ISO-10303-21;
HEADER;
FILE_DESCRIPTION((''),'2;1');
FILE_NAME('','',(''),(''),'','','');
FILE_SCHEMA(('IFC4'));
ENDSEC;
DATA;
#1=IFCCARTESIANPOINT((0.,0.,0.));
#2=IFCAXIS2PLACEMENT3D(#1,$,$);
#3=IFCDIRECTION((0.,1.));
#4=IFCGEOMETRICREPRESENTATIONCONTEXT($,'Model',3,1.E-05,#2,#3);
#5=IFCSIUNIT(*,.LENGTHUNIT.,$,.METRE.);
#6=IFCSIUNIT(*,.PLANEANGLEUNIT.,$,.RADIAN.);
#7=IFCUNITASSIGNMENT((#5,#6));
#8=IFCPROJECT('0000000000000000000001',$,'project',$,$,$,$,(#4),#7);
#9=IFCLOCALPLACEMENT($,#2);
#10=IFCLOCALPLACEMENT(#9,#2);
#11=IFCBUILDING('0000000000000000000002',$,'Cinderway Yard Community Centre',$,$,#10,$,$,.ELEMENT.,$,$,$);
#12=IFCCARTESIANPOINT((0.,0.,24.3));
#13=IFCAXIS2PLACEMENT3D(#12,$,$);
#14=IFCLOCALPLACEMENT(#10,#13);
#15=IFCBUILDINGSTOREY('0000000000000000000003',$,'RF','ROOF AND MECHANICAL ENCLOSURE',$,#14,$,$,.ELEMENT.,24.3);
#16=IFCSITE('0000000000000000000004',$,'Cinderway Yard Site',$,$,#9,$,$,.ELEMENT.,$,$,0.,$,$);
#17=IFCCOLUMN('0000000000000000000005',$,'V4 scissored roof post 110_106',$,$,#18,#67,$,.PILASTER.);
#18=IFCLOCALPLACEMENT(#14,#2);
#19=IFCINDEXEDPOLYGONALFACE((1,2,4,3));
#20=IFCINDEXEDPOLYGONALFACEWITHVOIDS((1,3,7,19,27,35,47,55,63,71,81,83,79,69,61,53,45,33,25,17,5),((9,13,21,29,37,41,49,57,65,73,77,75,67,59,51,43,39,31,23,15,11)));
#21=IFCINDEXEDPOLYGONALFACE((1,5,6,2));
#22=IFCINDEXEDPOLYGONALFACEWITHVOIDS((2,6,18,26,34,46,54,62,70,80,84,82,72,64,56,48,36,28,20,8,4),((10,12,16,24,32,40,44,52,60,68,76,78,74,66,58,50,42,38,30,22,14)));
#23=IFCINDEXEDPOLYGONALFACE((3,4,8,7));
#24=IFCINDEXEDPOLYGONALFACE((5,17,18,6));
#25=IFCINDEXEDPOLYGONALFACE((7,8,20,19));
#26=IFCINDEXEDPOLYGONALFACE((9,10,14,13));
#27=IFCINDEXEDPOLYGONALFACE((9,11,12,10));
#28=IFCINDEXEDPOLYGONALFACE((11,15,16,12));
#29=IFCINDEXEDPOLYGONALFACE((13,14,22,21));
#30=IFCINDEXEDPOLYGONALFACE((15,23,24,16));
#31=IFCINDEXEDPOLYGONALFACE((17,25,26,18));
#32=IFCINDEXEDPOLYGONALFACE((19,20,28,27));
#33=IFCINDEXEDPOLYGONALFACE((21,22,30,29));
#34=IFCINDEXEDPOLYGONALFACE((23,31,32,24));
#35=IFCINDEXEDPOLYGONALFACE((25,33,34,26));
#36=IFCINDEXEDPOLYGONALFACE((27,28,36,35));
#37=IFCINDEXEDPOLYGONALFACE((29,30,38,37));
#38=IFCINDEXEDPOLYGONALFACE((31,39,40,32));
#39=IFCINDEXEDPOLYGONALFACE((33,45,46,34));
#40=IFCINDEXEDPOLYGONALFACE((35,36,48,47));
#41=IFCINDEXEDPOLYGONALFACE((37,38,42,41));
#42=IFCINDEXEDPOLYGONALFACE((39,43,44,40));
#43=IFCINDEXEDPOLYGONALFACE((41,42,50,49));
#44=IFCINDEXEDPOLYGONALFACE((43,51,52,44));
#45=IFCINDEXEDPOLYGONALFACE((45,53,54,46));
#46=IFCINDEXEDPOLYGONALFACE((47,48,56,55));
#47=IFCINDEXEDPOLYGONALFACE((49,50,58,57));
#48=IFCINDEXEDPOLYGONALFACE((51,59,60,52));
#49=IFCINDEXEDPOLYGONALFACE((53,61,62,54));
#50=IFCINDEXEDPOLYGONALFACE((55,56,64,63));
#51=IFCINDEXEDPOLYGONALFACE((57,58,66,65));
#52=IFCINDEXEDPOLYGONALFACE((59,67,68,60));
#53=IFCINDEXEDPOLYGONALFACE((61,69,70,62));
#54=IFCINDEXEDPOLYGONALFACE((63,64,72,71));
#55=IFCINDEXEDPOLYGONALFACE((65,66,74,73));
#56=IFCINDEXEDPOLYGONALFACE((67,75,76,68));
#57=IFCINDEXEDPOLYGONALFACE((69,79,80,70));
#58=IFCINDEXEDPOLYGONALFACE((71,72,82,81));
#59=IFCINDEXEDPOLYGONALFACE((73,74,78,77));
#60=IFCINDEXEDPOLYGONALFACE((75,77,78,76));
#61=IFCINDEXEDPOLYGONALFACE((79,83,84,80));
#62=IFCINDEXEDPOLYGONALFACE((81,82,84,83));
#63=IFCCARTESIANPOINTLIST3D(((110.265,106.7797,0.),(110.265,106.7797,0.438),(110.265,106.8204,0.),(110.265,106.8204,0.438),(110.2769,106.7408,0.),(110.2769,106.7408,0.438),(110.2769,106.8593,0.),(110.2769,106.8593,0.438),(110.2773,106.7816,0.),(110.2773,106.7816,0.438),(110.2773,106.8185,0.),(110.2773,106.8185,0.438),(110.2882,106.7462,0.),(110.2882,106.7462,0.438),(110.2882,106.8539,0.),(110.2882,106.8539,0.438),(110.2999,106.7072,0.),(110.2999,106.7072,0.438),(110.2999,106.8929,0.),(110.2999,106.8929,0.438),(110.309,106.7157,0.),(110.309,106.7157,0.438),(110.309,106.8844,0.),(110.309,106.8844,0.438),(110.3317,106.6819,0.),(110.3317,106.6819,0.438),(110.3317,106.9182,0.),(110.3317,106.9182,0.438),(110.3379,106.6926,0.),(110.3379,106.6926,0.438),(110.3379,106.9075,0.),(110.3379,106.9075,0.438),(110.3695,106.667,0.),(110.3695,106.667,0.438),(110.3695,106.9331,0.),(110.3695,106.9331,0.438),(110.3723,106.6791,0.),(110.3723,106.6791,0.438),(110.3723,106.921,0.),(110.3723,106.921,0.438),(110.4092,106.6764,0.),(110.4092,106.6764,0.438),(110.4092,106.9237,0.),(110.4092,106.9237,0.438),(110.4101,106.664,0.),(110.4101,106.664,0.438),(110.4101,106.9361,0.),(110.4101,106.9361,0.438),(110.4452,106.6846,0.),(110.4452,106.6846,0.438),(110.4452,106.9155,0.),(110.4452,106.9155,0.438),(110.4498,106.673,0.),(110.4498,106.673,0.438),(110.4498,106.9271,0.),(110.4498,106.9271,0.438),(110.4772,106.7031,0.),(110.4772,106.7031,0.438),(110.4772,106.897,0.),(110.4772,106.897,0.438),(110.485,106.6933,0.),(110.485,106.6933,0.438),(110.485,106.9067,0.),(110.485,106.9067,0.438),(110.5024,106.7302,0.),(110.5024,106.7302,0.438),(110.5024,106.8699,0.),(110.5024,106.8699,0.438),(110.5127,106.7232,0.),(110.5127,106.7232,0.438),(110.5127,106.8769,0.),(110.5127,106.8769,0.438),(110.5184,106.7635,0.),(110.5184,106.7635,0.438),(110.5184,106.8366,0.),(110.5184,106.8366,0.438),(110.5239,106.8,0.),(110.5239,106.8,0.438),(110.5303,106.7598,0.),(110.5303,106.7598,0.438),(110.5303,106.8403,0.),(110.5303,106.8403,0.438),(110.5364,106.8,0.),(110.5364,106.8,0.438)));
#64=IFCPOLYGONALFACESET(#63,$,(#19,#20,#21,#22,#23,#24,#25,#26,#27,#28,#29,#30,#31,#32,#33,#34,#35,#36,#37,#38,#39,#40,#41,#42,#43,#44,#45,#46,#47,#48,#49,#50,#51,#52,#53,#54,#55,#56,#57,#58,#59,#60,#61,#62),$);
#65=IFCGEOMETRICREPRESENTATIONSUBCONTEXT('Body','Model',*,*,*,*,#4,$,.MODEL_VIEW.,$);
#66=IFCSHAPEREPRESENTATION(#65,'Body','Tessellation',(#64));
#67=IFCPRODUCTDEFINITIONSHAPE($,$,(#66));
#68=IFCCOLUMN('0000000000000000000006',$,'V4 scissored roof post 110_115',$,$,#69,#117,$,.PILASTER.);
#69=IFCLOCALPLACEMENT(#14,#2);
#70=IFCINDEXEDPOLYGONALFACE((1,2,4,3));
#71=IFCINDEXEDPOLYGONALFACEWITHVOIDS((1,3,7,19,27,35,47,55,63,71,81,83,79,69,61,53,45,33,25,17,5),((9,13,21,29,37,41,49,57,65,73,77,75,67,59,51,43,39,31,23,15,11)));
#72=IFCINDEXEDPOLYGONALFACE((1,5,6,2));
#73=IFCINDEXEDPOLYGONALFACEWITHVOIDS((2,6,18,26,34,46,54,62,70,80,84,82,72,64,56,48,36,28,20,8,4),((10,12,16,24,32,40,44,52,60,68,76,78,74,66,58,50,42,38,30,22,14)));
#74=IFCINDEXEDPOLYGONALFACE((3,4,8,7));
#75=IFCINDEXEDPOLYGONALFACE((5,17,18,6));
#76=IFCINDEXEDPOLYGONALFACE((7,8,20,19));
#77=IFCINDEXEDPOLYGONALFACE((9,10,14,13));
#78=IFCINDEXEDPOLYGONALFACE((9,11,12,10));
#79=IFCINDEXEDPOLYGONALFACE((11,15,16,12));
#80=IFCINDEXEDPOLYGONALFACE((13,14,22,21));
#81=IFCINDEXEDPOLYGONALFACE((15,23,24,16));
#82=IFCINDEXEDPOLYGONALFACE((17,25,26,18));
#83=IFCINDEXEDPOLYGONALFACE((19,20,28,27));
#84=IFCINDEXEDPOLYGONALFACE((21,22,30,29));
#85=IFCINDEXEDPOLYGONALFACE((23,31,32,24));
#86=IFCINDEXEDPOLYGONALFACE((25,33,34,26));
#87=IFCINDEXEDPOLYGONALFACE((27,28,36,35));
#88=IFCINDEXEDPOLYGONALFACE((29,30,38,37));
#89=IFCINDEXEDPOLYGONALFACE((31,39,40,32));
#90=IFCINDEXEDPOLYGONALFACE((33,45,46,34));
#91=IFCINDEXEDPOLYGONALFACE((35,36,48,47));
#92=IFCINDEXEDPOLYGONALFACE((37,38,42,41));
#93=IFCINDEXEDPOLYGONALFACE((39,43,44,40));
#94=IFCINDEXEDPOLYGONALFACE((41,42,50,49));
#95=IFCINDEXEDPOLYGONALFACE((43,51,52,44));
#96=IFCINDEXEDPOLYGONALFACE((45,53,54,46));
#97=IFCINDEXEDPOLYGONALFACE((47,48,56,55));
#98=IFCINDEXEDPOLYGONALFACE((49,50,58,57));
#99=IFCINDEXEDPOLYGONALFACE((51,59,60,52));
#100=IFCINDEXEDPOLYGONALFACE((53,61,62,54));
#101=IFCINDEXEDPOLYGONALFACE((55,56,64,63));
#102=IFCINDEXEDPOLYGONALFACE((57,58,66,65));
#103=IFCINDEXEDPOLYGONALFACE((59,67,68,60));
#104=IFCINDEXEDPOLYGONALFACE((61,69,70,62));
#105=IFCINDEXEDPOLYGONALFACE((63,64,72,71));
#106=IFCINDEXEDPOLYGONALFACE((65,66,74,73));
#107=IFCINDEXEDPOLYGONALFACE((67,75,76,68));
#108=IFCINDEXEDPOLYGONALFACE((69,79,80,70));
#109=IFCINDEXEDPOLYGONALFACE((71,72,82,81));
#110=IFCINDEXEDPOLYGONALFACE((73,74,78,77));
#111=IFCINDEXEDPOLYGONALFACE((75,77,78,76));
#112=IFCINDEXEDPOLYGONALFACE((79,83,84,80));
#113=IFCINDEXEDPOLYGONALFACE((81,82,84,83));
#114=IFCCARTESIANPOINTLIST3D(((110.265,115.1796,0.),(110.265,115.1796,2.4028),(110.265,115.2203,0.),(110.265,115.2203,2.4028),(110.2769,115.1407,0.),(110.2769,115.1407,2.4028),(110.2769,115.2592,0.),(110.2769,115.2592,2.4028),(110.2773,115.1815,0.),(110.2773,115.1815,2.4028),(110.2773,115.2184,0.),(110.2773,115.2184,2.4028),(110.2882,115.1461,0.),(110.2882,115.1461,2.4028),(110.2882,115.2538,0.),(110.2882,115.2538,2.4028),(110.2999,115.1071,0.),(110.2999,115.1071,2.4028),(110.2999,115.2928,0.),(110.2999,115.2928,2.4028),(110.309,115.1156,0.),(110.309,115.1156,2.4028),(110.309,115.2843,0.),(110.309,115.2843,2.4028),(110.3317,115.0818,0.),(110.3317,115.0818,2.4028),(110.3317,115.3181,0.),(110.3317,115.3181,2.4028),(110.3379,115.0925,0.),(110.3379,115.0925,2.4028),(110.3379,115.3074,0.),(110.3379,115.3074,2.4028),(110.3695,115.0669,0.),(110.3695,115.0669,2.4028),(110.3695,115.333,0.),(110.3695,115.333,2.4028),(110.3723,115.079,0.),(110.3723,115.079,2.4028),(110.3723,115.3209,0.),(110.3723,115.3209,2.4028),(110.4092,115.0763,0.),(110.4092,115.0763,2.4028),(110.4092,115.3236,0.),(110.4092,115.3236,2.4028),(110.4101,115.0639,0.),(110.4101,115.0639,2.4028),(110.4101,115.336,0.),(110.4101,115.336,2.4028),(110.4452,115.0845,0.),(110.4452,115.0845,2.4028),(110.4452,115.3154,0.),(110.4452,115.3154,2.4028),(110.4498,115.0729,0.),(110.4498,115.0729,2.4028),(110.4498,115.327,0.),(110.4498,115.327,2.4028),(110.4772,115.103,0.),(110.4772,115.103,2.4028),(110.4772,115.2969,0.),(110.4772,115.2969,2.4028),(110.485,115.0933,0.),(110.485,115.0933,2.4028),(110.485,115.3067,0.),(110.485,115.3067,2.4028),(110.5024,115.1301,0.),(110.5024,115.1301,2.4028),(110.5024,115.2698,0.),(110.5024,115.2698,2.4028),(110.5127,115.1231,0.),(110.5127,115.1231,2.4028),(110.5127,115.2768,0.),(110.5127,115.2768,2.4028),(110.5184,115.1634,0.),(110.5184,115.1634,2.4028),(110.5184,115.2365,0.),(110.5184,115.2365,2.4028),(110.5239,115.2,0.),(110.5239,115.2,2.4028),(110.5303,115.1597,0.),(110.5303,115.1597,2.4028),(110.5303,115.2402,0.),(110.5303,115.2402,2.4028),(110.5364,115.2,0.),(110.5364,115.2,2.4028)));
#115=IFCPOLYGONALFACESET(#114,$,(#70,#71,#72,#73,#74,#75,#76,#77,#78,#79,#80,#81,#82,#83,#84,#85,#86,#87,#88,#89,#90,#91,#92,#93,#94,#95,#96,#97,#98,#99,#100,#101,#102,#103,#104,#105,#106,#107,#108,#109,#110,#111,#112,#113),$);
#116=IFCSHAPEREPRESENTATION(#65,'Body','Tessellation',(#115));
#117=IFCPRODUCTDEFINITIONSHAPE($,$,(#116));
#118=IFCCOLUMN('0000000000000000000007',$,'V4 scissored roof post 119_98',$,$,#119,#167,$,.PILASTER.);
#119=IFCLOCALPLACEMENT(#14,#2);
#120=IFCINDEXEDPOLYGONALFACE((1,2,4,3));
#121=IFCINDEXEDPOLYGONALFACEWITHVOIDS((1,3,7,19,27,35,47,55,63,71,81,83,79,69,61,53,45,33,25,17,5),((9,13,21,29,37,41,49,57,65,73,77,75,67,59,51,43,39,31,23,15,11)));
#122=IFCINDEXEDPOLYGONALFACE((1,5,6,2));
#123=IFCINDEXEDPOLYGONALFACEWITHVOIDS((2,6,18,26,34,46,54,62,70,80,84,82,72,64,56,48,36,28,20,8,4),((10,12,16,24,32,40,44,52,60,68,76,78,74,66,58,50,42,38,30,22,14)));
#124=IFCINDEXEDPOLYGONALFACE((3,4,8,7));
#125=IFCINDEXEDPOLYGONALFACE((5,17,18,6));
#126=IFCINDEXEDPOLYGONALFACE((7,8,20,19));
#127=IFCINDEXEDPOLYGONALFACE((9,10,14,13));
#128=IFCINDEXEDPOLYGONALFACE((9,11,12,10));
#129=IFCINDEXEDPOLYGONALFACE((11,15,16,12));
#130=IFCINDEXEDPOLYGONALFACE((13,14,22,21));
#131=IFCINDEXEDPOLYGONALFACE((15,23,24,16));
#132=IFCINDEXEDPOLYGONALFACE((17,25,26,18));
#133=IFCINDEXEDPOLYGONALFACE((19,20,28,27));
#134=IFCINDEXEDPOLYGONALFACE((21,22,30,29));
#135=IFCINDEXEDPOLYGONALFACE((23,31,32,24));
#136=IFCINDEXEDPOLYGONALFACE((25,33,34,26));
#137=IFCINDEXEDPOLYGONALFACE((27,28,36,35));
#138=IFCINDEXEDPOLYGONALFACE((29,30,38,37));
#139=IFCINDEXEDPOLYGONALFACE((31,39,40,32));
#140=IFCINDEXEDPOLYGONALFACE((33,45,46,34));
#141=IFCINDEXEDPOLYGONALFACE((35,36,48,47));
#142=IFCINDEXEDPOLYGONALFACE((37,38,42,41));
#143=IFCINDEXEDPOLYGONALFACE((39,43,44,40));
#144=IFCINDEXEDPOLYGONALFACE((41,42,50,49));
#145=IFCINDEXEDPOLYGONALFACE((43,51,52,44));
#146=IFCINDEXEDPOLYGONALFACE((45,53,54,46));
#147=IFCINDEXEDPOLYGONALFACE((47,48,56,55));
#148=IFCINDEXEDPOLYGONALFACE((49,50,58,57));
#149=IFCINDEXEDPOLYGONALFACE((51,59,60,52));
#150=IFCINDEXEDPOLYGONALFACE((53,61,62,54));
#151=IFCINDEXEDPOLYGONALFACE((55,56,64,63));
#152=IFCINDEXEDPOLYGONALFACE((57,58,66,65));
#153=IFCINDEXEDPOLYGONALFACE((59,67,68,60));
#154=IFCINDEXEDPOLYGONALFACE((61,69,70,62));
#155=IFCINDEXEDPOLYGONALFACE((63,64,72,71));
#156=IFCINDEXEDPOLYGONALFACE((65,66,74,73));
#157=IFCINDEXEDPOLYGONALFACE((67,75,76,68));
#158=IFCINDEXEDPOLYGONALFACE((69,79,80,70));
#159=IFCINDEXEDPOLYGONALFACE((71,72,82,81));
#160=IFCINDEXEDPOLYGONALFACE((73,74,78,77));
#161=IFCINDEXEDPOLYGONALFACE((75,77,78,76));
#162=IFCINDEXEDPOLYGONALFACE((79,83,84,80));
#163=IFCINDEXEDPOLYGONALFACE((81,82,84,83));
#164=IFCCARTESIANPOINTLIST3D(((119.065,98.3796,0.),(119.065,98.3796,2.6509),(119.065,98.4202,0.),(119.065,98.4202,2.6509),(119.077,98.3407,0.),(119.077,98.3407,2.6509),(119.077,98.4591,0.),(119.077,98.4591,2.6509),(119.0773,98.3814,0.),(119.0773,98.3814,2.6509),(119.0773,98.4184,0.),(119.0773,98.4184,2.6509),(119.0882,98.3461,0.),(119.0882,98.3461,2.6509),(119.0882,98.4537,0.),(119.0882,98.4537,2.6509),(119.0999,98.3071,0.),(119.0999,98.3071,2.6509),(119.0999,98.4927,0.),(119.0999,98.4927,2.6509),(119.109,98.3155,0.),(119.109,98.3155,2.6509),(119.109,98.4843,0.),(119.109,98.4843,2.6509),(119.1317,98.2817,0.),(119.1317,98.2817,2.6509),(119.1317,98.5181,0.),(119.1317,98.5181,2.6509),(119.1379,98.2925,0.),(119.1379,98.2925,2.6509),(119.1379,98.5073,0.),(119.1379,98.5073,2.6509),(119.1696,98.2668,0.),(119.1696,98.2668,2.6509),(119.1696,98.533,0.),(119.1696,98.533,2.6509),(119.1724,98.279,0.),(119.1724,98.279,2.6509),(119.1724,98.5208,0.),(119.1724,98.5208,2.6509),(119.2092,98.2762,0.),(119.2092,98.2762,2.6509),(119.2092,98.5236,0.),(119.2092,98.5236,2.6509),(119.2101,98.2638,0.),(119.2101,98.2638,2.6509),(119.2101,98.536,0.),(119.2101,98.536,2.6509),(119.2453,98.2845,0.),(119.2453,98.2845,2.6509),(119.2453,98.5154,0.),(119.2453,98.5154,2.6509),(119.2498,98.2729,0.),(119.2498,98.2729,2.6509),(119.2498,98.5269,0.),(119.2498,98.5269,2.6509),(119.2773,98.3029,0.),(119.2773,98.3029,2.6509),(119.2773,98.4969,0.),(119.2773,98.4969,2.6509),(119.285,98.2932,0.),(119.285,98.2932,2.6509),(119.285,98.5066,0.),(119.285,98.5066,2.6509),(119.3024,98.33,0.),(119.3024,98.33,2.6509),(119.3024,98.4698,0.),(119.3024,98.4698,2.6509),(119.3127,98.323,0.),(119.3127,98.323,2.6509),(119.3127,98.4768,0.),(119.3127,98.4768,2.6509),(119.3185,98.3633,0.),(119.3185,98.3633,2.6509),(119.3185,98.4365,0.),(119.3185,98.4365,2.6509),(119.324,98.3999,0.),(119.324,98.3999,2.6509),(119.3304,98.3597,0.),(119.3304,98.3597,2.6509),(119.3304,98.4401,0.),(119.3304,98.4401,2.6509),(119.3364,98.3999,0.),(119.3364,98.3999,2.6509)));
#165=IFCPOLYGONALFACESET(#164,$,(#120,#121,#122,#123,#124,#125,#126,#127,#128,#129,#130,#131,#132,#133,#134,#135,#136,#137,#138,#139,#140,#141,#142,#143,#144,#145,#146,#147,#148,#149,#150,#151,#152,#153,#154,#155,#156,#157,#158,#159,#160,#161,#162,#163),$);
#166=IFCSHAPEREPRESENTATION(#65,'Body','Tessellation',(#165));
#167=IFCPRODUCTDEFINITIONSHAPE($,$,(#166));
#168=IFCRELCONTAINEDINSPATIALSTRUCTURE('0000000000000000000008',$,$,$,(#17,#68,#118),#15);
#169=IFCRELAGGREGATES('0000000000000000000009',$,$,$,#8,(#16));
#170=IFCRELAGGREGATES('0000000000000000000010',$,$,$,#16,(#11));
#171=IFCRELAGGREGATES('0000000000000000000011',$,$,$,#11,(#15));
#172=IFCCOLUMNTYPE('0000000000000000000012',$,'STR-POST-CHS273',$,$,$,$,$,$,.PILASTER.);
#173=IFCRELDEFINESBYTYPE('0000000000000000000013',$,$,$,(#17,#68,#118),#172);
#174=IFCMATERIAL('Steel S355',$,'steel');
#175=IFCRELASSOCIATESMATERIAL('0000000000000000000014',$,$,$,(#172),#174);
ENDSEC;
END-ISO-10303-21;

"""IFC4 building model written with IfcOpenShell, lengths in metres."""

from ifc_helpers import new_model, si_unit, direction, frame, origin, origin_2d, place, context, subcontext, project, spatial, hollow_circle, extrude, material, material_profile, profile_set, type_object, element, save


model = new_model("IFC4")

# Units and contexts
model_context = context("Model", 3, precision=1e-05, world=origin(), true_north=direction((0.0, 1.0)))
body_context = subcontext(model_context, "Body", "Model", "MODEL_VIEW")
ifc_project = project(units=[si_unit("LENGTHUNIT", "METRE"), si_unit("PLANEANGLEUNIT", "RADIAN")], contexts=[model_context])

# Site, building, storey
site_placement = place(None, origin())
site = spatial("IfcSite", under=ifc_project, at=site_placement, Name="Cinderway Yard Site", CompositionType="ELEMENT", RefElevation=0.0)
building_placement = place(site_placement, origin())
building = spatial("IfcBuilding", under=site, at=building_placement, Name="Cinderway Yard Community Centre", CompositionType="ELEMENT")
storey_placement = place(building_placement, frame((0.0, 0.0, 24.3)))
storey = spatial("IfcBuildingStorey", under=building, at=storey_placement, Name="RF", Description="ROOF AND MECHANICAL ENCLOSURE", CompositionType="ELEMENT", Elevation=24.3)

# Columns
ifc_material = material(Name="Steel S355", Category="steel")
ifc_material_profile_1 = material_profile(ifc_material, hollow_circle(Radius=0.1365, WallThickness=0.0125, at=origin_2d()), Name="Steel S355")
ifc_profile_set_1 = profile_set([ifc_material_profile_1], Name="Steel S355")
column_type = type_object("IfcColumnType", Name="STR-POST-CHS273", PredefinedType="PILASTER", material=ifc_profile_set_1)
column_1_placement = place(storey_placement, frame((110.3999, 106.8, 0.0), z_axis=(0.0, 0.0, 1.0), x_axis=(1.0, 0.0, 0.0)))
element("IfcColumn", 1, at=column_1_placement, inside=storey, type_object=column_type, Name="V4 scissored roof post 110_106", PredefinedType="PILASTER", context=body_context, shape_type="SweptSolid", body=[
    extrude(hollow_circle(Radius=0.1365, WallThickness=0.0125, at=origin_2d()), origin(), (0.0, 0.0, 1.0), 0.438),
])
column_2_placement = place(storey_placement, frame((110.3999, 115.2, 0.0), z_axis=(0.0, 0.0, 1.0), x_axis=(1.0, 0.0, 0.0)))
element("IfcColumn", 2, at=column_2_placement, inside=storey, type_object=column_type, Name="V4 scissored roof post 110_115", PredefinedType="PILASTER", context=body_context, shape_type="SweptSolid", body=[
    extrude(hollow_circle(Radius=0.1365, WallThickness=0.0125, at=origin_2d()), origin(), (0.0, 0.0, 1.0), 2.4028),
])
column_3_placement = place(storey_placement, frame((119.2, 98.3999, 0.0), z_axis=(0.0, 0.0, 1.0), x_axis=(1.0, 0.0, 0.0)))
element("IfcColumn", 3, at=column_3_placement, inside=storey, type_object=column_type, Name="V4 scissored roof post 119_98", PredefinedType="PILASTER", context=body_context, shape_type="SweptSolid", body=[
    extrude(hollow_circle(Radius=0.1365, WallThickness=0.0125, at=origin_2d()), origin(), (0.0, 0.0, 1.0), 2.6509),
])

save(model, "model.ifc")
